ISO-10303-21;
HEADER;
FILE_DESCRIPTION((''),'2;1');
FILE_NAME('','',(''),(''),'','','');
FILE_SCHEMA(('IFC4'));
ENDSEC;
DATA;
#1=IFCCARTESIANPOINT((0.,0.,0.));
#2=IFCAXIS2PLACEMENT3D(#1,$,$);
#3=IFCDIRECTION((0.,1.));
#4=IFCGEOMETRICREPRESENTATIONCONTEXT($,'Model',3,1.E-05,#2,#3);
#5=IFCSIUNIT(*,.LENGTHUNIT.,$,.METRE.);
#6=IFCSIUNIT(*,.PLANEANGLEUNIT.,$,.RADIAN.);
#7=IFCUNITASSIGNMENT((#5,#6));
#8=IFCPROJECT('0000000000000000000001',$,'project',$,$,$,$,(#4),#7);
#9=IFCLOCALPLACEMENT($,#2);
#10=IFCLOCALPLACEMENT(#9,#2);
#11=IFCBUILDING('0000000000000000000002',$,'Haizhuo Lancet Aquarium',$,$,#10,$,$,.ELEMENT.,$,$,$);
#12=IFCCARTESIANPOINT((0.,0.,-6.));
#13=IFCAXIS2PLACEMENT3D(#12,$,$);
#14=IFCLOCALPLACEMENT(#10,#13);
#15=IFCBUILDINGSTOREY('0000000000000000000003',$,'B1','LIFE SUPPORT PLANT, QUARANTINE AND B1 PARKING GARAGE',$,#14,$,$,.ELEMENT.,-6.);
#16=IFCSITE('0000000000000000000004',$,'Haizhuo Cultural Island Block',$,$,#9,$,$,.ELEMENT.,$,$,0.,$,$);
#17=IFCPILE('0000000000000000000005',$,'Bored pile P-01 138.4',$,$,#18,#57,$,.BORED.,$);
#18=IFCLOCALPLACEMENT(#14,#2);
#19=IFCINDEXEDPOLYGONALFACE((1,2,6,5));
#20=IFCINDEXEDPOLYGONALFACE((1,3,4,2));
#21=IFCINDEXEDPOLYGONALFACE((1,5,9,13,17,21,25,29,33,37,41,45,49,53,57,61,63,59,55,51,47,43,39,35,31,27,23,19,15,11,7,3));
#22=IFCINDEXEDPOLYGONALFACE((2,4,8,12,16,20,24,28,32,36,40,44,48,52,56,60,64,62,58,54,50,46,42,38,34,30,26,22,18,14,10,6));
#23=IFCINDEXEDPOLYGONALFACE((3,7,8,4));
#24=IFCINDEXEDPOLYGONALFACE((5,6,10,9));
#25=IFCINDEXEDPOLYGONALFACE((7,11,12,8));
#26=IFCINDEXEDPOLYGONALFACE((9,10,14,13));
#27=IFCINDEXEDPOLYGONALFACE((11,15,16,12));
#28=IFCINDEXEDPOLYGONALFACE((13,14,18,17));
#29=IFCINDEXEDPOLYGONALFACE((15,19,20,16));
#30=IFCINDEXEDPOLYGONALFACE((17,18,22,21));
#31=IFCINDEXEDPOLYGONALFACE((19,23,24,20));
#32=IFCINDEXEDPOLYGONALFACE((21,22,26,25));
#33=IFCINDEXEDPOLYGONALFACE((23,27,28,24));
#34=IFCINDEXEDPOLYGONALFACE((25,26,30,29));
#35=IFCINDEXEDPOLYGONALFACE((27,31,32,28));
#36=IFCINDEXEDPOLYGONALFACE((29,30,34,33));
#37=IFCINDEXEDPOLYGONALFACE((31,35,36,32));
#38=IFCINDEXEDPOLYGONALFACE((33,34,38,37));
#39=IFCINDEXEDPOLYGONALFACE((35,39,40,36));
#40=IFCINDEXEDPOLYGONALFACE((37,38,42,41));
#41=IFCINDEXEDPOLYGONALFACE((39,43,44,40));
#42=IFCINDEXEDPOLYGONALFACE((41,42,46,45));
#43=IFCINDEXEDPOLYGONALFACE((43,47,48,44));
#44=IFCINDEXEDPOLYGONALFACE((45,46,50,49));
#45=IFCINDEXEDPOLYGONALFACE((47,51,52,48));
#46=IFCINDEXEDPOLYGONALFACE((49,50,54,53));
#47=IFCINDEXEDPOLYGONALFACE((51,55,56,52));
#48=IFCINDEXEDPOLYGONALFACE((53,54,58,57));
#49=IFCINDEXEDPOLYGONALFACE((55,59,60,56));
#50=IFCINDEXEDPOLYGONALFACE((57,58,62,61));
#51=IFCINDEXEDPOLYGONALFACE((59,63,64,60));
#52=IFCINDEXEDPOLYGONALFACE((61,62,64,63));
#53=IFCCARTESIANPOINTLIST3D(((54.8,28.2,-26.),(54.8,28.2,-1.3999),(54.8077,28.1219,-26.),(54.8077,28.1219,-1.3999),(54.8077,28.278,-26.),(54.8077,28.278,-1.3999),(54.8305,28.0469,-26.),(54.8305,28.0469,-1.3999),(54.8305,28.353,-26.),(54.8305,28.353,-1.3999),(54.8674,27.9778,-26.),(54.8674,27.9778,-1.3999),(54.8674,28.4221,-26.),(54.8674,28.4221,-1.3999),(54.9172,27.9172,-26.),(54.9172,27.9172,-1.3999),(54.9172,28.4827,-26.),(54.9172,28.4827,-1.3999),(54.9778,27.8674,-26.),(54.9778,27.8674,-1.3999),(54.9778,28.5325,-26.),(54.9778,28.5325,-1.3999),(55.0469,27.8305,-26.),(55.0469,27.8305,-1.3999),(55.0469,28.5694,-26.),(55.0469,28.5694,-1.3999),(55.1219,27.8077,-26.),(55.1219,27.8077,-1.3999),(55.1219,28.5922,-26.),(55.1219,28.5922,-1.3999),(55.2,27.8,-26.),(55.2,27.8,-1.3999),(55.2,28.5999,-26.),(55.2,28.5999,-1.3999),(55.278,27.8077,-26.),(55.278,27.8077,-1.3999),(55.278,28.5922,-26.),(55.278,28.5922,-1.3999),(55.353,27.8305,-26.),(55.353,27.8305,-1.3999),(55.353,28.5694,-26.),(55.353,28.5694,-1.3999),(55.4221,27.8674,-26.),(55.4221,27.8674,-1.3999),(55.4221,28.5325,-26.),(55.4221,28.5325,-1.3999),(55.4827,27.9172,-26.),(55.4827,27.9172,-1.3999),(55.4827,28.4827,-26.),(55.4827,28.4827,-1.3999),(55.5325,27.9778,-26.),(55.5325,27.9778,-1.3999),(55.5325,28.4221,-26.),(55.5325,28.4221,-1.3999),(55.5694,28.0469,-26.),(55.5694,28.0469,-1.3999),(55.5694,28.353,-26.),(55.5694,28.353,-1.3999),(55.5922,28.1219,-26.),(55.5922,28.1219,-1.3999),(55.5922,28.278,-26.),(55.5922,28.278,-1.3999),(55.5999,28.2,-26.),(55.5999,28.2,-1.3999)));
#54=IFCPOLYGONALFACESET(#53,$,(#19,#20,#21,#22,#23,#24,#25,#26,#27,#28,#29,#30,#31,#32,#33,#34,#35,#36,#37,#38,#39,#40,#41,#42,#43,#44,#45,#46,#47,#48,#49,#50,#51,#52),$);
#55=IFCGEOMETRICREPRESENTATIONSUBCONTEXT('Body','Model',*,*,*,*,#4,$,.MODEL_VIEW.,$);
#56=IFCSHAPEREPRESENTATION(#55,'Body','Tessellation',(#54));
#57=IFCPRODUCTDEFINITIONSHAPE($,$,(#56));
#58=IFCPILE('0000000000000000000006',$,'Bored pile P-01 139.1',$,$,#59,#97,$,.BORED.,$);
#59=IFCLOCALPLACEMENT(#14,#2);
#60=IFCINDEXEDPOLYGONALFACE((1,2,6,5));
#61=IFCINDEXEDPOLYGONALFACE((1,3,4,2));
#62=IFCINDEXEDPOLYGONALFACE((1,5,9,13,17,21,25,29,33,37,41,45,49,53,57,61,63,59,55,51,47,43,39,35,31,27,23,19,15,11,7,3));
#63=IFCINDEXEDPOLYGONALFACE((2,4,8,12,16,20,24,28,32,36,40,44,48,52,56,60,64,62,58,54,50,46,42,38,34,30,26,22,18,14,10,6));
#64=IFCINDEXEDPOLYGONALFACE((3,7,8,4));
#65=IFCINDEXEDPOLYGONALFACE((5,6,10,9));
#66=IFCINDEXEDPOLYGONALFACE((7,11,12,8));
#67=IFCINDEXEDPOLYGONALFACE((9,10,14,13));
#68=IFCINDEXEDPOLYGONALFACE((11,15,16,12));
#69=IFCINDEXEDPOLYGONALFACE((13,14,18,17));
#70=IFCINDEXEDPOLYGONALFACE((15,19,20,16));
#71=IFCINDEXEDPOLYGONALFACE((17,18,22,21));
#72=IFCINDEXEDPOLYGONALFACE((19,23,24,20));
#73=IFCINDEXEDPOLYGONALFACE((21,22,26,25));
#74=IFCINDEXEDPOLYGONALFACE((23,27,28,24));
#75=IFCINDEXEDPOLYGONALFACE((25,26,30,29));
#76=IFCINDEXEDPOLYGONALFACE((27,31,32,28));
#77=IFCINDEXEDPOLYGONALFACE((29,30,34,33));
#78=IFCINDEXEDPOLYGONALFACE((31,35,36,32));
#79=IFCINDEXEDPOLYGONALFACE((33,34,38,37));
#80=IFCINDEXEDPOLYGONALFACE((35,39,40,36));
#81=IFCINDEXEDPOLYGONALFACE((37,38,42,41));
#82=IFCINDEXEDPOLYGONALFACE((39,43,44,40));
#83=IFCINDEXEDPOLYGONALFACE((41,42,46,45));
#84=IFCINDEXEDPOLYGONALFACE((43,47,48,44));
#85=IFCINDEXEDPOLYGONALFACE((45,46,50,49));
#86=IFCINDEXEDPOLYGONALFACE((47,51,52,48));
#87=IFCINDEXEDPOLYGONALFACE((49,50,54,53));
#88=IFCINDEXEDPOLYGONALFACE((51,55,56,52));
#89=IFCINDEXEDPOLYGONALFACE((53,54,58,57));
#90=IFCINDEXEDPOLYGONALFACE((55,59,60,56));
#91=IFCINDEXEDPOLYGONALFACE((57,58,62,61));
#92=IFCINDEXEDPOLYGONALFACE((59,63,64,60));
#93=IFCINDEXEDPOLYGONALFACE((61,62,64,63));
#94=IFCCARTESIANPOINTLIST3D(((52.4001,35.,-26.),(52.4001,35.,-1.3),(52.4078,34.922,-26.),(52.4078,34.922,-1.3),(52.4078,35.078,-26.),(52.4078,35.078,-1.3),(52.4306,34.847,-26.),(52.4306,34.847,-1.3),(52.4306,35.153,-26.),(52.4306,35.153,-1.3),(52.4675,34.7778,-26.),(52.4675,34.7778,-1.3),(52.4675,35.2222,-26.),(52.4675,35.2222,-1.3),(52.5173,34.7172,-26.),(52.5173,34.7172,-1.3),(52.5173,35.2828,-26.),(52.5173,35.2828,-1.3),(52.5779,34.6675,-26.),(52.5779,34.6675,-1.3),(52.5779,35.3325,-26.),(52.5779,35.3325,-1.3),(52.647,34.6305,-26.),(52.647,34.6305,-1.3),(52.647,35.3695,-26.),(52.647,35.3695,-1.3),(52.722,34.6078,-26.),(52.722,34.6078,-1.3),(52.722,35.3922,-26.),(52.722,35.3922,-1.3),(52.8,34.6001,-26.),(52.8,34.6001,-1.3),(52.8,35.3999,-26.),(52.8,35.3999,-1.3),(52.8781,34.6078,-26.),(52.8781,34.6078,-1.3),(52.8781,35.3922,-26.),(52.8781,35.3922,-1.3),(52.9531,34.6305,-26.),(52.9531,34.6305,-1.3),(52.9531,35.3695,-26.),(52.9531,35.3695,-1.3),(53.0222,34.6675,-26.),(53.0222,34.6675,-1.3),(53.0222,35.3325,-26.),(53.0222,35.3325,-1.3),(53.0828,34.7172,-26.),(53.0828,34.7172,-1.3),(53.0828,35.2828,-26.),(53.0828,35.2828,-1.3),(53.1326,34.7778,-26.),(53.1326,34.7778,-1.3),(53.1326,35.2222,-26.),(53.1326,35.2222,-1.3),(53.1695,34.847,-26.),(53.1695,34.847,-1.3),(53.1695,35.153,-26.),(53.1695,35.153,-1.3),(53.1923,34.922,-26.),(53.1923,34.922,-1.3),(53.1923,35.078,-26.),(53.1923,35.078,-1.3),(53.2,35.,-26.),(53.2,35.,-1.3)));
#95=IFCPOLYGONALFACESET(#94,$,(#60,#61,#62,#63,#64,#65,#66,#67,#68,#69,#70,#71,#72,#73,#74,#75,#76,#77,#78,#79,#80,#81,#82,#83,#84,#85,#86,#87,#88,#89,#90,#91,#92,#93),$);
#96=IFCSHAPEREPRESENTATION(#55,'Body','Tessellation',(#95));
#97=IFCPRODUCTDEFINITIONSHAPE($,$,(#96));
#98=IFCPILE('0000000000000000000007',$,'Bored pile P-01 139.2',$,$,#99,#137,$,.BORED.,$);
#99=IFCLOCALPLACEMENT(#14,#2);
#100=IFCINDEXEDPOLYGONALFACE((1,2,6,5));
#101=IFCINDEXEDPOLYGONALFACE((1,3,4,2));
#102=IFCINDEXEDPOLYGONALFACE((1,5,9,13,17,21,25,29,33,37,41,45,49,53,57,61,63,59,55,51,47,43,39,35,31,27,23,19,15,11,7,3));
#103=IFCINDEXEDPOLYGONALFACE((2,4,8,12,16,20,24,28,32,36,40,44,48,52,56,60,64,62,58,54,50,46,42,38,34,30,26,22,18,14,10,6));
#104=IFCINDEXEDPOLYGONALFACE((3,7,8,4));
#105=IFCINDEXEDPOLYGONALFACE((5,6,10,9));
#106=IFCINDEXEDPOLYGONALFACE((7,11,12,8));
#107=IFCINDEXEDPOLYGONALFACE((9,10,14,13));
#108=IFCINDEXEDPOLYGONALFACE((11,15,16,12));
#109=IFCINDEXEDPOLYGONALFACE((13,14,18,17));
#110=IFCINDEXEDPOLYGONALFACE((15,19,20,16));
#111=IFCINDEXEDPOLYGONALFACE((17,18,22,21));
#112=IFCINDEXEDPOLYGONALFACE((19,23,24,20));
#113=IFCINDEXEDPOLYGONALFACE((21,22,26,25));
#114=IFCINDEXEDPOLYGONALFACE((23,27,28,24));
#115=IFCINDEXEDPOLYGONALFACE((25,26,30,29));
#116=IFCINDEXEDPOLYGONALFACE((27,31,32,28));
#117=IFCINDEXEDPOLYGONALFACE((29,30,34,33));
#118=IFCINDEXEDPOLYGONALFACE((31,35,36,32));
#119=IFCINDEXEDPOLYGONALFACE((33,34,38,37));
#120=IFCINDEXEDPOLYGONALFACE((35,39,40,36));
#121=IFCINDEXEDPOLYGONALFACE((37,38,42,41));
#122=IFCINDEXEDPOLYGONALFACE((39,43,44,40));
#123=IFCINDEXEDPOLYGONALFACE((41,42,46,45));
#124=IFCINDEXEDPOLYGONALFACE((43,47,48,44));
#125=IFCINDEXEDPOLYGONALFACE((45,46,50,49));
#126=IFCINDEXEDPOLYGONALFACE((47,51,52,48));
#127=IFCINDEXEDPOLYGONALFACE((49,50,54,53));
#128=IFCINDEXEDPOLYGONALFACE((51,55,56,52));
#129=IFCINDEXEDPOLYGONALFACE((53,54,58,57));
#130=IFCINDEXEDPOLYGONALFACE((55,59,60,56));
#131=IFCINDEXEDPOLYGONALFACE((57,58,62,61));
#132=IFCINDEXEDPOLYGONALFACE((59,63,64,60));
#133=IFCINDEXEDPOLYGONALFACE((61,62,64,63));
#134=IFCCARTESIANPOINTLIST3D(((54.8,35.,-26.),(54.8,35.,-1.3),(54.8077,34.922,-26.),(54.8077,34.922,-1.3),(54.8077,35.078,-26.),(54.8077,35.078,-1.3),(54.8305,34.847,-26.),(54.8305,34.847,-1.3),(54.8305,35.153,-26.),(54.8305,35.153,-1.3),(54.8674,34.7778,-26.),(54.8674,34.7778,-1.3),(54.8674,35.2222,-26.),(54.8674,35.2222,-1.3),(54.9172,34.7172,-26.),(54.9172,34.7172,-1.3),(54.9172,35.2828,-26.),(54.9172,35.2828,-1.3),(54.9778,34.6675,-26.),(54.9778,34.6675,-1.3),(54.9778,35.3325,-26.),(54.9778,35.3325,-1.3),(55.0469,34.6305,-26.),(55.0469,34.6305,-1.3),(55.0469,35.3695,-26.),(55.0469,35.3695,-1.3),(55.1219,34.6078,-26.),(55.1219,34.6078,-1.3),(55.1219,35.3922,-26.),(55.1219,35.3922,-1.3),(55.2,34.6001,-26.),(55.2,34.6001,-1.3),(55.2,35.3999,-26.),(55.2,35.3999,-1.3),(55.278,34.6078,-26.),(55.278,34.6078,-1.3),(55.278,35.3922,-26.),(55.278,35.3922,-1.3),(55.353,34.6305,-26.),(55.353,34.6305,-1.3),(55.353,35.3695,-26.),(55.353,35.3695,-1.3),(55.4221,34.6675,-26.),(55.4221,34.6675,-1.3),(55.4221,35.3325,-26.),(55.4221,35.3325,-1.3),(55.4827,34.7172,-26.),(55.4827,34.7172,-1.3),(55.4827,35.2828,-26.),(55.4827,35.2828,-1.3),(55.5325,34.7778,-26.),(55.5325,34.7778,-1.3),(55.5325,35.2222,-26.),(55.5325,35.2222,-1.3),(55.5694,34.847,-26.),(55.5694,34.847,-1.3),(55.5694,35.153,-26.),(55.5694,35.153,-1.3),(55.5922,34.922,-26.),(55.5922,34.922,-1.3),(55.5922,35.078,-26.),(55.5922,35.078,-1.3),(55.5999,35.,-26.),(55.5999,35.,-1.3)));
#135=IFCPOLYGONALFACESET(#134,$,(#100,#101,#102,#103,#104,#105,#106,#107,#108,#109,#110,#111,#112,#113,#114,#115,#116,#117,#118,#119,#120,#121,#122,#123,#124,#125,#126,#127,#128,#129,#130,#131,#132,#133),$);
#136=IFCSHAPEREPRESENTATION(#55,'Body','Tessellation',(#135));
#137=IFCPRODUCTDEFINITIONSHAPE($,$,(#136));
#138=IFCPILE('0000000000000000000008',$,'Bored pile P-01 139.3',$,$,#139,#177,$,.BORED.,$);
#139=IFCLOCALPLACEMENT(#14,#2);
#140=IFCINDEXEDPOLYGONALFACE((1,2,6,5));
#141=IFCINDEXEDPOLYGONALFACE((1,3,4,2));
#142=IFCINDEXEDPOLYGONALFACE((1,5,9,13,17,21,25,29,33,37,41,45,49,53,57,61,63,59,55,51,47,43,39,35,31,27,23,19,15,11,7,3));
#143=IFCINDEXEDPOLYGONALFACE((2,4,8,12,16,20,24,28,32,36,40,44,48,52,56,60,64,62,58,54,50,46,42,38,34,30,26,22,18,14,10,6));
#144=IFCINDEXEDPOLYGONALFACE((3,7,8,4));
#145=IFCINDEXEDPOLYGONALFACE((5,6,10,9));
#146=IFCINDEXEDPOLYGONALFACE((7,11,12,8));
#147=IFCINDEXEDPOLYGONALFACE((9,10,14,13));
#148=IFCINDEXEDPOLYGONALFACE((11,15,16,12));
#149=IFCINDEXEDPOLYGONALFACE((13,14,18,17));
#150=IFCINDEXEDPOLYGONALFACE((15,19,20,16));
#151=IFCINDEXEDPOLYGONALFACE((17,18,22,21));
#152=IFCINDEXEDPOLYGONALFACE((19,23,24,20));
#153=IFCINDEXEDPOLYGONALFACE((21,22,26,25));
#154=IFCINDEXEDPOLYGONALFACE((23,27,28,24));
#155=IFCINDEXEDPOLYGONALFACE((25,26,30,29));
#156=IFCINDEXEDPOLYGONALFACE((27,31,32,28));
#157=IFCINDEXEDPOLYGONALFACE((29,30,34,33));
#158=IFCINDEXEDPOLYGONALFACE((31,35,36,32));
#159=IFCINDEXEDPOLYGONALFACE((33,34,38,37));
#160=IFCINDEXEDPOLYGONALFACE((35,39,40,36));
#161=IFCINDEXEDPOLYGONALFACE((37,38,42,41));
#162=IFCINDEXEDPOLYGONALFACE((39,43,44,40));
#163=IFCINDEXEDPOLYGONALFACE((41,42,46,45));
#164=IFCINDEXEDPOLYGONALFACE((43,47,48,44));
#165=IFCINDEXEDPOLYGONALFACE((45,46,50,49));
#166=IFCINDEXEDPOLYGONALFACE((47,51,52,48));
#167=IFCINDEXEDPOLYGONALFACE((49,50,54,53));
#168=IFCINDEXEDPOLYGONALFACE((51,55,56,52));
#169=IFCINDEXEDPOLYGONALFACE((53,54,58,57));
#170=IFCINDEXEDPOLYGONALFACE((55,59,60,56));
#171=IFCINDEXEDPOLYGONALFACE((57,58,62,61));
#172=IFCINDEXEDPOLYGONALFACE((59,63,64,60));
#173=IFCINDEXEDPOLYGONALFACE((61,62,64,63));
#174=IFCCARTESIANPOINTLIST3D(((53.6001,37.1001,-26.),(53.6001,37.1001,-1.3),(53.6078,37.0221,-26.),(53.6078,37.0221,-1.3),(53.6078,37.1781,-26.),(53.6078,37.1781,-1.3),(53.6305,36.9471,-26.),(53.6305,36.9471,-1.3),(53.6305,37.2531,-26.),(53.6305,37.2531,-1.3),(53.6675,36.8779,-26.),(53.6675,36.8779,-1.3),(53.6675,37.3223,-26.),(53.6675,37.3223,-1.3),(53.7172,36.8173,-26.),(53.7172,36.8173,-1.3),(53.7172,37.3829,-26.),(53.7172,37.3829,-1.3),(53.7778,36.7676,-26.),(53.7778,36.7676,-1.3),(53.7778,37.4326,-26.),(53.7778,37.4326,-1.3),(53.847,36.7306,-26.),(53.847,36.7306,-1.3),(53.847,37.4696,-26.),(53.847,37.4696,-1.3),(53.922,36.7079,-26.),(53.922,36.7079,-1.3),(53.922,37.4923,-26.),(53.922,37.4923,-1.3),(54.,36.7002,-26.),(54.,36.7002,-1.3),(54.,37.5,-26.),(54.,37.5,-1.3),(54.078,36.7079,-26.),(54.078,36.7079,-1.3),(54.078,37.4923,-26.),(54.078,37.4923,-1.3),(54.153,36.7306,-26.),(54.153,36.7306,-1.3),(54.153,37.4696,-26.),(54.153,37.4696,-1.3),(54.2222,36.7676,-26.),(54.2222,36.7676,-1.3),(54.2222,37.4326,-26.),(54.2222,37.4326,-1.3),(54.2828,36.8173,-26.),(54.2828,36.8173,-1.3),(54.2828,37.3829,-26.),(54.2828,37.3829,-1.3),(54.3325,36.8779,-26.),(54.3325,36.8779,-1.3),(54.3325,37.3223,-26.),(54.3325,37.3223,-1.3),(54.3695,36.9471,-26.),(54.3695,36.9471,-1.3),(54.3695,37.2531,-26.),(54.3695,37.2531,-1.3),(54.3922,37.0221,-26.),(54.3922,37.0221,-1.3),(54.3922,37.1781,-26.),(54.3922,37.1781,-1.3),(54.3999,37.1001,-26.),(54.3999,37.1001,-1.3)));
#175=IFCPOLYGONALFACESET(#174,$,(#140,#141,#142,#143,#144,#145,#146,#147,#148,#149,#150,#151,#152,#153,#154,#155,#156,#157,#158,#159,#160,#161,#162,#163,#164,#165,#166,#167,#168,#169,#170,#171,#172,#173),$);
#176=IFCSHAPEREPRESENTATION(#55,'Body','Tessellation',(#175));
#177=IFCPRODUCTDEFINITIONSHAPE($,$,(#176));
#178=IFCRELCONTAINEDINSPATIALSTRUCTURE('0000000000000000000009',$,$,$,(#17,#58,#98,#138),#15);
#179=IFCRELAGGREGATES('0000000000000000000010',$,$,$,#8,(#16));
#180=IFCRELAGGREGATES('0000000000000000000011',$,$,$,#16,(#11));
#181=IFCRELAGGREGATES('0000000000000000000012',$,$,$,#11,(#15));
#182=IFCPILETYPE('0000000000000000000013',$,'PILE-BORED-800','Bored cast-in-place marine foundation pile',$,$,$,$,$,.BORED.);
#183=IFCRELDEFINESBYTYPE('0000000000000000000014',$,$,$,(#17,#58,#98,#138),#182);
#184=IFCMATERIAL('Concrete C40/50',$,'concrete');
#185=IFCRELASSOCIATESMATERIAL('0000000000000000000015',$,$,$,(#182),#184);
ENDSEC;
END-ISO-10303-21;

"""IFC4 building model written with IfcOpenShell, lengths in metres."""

from ifc_helpers import new_model, si_unit, direction, frame, origin, origin_2d, place, context, subcontext, project, spatial, circle, extrude, material, material_profile, profile_set, type_object, element, save


model = new_model("IFC4")

# Units and contexts
model_context = context("Model", 3, precision=1e-05, world=origin(), true_north=direction((0.0, 1.0)))
body_context = subcontext(model_context, "Body", "Model", "MODEL_VIEW")
ifc_project = project(units=[si_unit("LENGTHUNIT", "METRE"), si_unit("PLANEANGLEUNIT", "RADIAN")], contexts=[model_context])

# Site, building, storey
site_placement = place(None, origin())
site = spatial("IfcSite", under=ifc_project, at=site_placement, Name="Haizhuo Cultural Island Block", CompositionType="ELEMENT", RefElevation=0.0)
building_placement = place(site_placement, origin())
building = spatial("IfcBuilding", under=site, at=building_placement, Name="Haizhuo Lancet Aquarium", CompositionType="ELEMENT")
storey_placement = place(building_placement, frame((0.0, 0.0, -6.0)))
storey = spatial("IfcBuildingStorey", under=building, at=storey_placement, Name="B1", Description="LIFE SUPPORT PLANT, QUARANTINE AND B1 PARKING GARAGE", CompositionType="ELEMENT", Elevation=-6.0)

# Shared definitions
ifc_material_1 = material(Name="Concrete C40/50", Category="concrete")

# Piles
ifc_material_profile_1 = material_profile(ifc_material_1, circle(Radius=0.3999, at=origin_2d()), Name="PILE-800")
ifc_profile_set_1 = profile_set([ifc_material_profile_1], Name="Concrete C40/50")
pile_type = type_object("IfcPileType", Name="PILE-BORED-800", Description="Bored cast-in-place marine foundation pile", PredefinedType="BORED", material=ifc_profile_set_1)
for number, where, z_axis, x_axis, name in (
    (1, (55.2, 28.2, -1.3999), (0.0, 0.0, -1.0), (1.0, 0.0, 0.0), "Bored pile P-01 138.4"),
):
    element("IfcPile", number, at=place(storey_placement, frame(where, z_axis=z_axis, x_axis=x_axis)), inside=storey, type_object=pile_type, Name=name, PredefinedType="BORED", context=body_context, shape_type="SweptSolid", body=[
        extrude(circle(Radius=0.3999, at=origin_2d()), origin(), (0.0, 0.0, 1.0), 24.6001),
    ])
for number, where, z_axis, x_axis, name in (
    (2, (52.8, 35.0, -1.3), (0.0, 0.0, -1.0), (1.0, 0.0, 0.0), "Bored pile P-01 139.1"),
    (3, (55.2, 35.0, -1.3), (0.0, 0.0, -1.0), (1.0, 0.0, 0.0), "Bored pile P-01 139.2"),
    (4, (54.0, 37.1001, -1.3), (0.0, 0.0, -1.0), (1.0, 0.0, 0.0), "Bored pile P-01 139.3"),
):
    element("IfcPile", number, at=place(storey_placement, frame(where, z_axis=z_axis, x_axis=x_axis)), inside=storey, type_object=pile_type, Name=name, PredefinedType="BORED", context=body_context, shape_type="SweptSolid", body=[
        extrude(circle(Radius=0.3999, at=origin_2d()), origin(), (0.0, 0.0, 1.0), 24.7),
    ])

save(model, "model.ifc")
